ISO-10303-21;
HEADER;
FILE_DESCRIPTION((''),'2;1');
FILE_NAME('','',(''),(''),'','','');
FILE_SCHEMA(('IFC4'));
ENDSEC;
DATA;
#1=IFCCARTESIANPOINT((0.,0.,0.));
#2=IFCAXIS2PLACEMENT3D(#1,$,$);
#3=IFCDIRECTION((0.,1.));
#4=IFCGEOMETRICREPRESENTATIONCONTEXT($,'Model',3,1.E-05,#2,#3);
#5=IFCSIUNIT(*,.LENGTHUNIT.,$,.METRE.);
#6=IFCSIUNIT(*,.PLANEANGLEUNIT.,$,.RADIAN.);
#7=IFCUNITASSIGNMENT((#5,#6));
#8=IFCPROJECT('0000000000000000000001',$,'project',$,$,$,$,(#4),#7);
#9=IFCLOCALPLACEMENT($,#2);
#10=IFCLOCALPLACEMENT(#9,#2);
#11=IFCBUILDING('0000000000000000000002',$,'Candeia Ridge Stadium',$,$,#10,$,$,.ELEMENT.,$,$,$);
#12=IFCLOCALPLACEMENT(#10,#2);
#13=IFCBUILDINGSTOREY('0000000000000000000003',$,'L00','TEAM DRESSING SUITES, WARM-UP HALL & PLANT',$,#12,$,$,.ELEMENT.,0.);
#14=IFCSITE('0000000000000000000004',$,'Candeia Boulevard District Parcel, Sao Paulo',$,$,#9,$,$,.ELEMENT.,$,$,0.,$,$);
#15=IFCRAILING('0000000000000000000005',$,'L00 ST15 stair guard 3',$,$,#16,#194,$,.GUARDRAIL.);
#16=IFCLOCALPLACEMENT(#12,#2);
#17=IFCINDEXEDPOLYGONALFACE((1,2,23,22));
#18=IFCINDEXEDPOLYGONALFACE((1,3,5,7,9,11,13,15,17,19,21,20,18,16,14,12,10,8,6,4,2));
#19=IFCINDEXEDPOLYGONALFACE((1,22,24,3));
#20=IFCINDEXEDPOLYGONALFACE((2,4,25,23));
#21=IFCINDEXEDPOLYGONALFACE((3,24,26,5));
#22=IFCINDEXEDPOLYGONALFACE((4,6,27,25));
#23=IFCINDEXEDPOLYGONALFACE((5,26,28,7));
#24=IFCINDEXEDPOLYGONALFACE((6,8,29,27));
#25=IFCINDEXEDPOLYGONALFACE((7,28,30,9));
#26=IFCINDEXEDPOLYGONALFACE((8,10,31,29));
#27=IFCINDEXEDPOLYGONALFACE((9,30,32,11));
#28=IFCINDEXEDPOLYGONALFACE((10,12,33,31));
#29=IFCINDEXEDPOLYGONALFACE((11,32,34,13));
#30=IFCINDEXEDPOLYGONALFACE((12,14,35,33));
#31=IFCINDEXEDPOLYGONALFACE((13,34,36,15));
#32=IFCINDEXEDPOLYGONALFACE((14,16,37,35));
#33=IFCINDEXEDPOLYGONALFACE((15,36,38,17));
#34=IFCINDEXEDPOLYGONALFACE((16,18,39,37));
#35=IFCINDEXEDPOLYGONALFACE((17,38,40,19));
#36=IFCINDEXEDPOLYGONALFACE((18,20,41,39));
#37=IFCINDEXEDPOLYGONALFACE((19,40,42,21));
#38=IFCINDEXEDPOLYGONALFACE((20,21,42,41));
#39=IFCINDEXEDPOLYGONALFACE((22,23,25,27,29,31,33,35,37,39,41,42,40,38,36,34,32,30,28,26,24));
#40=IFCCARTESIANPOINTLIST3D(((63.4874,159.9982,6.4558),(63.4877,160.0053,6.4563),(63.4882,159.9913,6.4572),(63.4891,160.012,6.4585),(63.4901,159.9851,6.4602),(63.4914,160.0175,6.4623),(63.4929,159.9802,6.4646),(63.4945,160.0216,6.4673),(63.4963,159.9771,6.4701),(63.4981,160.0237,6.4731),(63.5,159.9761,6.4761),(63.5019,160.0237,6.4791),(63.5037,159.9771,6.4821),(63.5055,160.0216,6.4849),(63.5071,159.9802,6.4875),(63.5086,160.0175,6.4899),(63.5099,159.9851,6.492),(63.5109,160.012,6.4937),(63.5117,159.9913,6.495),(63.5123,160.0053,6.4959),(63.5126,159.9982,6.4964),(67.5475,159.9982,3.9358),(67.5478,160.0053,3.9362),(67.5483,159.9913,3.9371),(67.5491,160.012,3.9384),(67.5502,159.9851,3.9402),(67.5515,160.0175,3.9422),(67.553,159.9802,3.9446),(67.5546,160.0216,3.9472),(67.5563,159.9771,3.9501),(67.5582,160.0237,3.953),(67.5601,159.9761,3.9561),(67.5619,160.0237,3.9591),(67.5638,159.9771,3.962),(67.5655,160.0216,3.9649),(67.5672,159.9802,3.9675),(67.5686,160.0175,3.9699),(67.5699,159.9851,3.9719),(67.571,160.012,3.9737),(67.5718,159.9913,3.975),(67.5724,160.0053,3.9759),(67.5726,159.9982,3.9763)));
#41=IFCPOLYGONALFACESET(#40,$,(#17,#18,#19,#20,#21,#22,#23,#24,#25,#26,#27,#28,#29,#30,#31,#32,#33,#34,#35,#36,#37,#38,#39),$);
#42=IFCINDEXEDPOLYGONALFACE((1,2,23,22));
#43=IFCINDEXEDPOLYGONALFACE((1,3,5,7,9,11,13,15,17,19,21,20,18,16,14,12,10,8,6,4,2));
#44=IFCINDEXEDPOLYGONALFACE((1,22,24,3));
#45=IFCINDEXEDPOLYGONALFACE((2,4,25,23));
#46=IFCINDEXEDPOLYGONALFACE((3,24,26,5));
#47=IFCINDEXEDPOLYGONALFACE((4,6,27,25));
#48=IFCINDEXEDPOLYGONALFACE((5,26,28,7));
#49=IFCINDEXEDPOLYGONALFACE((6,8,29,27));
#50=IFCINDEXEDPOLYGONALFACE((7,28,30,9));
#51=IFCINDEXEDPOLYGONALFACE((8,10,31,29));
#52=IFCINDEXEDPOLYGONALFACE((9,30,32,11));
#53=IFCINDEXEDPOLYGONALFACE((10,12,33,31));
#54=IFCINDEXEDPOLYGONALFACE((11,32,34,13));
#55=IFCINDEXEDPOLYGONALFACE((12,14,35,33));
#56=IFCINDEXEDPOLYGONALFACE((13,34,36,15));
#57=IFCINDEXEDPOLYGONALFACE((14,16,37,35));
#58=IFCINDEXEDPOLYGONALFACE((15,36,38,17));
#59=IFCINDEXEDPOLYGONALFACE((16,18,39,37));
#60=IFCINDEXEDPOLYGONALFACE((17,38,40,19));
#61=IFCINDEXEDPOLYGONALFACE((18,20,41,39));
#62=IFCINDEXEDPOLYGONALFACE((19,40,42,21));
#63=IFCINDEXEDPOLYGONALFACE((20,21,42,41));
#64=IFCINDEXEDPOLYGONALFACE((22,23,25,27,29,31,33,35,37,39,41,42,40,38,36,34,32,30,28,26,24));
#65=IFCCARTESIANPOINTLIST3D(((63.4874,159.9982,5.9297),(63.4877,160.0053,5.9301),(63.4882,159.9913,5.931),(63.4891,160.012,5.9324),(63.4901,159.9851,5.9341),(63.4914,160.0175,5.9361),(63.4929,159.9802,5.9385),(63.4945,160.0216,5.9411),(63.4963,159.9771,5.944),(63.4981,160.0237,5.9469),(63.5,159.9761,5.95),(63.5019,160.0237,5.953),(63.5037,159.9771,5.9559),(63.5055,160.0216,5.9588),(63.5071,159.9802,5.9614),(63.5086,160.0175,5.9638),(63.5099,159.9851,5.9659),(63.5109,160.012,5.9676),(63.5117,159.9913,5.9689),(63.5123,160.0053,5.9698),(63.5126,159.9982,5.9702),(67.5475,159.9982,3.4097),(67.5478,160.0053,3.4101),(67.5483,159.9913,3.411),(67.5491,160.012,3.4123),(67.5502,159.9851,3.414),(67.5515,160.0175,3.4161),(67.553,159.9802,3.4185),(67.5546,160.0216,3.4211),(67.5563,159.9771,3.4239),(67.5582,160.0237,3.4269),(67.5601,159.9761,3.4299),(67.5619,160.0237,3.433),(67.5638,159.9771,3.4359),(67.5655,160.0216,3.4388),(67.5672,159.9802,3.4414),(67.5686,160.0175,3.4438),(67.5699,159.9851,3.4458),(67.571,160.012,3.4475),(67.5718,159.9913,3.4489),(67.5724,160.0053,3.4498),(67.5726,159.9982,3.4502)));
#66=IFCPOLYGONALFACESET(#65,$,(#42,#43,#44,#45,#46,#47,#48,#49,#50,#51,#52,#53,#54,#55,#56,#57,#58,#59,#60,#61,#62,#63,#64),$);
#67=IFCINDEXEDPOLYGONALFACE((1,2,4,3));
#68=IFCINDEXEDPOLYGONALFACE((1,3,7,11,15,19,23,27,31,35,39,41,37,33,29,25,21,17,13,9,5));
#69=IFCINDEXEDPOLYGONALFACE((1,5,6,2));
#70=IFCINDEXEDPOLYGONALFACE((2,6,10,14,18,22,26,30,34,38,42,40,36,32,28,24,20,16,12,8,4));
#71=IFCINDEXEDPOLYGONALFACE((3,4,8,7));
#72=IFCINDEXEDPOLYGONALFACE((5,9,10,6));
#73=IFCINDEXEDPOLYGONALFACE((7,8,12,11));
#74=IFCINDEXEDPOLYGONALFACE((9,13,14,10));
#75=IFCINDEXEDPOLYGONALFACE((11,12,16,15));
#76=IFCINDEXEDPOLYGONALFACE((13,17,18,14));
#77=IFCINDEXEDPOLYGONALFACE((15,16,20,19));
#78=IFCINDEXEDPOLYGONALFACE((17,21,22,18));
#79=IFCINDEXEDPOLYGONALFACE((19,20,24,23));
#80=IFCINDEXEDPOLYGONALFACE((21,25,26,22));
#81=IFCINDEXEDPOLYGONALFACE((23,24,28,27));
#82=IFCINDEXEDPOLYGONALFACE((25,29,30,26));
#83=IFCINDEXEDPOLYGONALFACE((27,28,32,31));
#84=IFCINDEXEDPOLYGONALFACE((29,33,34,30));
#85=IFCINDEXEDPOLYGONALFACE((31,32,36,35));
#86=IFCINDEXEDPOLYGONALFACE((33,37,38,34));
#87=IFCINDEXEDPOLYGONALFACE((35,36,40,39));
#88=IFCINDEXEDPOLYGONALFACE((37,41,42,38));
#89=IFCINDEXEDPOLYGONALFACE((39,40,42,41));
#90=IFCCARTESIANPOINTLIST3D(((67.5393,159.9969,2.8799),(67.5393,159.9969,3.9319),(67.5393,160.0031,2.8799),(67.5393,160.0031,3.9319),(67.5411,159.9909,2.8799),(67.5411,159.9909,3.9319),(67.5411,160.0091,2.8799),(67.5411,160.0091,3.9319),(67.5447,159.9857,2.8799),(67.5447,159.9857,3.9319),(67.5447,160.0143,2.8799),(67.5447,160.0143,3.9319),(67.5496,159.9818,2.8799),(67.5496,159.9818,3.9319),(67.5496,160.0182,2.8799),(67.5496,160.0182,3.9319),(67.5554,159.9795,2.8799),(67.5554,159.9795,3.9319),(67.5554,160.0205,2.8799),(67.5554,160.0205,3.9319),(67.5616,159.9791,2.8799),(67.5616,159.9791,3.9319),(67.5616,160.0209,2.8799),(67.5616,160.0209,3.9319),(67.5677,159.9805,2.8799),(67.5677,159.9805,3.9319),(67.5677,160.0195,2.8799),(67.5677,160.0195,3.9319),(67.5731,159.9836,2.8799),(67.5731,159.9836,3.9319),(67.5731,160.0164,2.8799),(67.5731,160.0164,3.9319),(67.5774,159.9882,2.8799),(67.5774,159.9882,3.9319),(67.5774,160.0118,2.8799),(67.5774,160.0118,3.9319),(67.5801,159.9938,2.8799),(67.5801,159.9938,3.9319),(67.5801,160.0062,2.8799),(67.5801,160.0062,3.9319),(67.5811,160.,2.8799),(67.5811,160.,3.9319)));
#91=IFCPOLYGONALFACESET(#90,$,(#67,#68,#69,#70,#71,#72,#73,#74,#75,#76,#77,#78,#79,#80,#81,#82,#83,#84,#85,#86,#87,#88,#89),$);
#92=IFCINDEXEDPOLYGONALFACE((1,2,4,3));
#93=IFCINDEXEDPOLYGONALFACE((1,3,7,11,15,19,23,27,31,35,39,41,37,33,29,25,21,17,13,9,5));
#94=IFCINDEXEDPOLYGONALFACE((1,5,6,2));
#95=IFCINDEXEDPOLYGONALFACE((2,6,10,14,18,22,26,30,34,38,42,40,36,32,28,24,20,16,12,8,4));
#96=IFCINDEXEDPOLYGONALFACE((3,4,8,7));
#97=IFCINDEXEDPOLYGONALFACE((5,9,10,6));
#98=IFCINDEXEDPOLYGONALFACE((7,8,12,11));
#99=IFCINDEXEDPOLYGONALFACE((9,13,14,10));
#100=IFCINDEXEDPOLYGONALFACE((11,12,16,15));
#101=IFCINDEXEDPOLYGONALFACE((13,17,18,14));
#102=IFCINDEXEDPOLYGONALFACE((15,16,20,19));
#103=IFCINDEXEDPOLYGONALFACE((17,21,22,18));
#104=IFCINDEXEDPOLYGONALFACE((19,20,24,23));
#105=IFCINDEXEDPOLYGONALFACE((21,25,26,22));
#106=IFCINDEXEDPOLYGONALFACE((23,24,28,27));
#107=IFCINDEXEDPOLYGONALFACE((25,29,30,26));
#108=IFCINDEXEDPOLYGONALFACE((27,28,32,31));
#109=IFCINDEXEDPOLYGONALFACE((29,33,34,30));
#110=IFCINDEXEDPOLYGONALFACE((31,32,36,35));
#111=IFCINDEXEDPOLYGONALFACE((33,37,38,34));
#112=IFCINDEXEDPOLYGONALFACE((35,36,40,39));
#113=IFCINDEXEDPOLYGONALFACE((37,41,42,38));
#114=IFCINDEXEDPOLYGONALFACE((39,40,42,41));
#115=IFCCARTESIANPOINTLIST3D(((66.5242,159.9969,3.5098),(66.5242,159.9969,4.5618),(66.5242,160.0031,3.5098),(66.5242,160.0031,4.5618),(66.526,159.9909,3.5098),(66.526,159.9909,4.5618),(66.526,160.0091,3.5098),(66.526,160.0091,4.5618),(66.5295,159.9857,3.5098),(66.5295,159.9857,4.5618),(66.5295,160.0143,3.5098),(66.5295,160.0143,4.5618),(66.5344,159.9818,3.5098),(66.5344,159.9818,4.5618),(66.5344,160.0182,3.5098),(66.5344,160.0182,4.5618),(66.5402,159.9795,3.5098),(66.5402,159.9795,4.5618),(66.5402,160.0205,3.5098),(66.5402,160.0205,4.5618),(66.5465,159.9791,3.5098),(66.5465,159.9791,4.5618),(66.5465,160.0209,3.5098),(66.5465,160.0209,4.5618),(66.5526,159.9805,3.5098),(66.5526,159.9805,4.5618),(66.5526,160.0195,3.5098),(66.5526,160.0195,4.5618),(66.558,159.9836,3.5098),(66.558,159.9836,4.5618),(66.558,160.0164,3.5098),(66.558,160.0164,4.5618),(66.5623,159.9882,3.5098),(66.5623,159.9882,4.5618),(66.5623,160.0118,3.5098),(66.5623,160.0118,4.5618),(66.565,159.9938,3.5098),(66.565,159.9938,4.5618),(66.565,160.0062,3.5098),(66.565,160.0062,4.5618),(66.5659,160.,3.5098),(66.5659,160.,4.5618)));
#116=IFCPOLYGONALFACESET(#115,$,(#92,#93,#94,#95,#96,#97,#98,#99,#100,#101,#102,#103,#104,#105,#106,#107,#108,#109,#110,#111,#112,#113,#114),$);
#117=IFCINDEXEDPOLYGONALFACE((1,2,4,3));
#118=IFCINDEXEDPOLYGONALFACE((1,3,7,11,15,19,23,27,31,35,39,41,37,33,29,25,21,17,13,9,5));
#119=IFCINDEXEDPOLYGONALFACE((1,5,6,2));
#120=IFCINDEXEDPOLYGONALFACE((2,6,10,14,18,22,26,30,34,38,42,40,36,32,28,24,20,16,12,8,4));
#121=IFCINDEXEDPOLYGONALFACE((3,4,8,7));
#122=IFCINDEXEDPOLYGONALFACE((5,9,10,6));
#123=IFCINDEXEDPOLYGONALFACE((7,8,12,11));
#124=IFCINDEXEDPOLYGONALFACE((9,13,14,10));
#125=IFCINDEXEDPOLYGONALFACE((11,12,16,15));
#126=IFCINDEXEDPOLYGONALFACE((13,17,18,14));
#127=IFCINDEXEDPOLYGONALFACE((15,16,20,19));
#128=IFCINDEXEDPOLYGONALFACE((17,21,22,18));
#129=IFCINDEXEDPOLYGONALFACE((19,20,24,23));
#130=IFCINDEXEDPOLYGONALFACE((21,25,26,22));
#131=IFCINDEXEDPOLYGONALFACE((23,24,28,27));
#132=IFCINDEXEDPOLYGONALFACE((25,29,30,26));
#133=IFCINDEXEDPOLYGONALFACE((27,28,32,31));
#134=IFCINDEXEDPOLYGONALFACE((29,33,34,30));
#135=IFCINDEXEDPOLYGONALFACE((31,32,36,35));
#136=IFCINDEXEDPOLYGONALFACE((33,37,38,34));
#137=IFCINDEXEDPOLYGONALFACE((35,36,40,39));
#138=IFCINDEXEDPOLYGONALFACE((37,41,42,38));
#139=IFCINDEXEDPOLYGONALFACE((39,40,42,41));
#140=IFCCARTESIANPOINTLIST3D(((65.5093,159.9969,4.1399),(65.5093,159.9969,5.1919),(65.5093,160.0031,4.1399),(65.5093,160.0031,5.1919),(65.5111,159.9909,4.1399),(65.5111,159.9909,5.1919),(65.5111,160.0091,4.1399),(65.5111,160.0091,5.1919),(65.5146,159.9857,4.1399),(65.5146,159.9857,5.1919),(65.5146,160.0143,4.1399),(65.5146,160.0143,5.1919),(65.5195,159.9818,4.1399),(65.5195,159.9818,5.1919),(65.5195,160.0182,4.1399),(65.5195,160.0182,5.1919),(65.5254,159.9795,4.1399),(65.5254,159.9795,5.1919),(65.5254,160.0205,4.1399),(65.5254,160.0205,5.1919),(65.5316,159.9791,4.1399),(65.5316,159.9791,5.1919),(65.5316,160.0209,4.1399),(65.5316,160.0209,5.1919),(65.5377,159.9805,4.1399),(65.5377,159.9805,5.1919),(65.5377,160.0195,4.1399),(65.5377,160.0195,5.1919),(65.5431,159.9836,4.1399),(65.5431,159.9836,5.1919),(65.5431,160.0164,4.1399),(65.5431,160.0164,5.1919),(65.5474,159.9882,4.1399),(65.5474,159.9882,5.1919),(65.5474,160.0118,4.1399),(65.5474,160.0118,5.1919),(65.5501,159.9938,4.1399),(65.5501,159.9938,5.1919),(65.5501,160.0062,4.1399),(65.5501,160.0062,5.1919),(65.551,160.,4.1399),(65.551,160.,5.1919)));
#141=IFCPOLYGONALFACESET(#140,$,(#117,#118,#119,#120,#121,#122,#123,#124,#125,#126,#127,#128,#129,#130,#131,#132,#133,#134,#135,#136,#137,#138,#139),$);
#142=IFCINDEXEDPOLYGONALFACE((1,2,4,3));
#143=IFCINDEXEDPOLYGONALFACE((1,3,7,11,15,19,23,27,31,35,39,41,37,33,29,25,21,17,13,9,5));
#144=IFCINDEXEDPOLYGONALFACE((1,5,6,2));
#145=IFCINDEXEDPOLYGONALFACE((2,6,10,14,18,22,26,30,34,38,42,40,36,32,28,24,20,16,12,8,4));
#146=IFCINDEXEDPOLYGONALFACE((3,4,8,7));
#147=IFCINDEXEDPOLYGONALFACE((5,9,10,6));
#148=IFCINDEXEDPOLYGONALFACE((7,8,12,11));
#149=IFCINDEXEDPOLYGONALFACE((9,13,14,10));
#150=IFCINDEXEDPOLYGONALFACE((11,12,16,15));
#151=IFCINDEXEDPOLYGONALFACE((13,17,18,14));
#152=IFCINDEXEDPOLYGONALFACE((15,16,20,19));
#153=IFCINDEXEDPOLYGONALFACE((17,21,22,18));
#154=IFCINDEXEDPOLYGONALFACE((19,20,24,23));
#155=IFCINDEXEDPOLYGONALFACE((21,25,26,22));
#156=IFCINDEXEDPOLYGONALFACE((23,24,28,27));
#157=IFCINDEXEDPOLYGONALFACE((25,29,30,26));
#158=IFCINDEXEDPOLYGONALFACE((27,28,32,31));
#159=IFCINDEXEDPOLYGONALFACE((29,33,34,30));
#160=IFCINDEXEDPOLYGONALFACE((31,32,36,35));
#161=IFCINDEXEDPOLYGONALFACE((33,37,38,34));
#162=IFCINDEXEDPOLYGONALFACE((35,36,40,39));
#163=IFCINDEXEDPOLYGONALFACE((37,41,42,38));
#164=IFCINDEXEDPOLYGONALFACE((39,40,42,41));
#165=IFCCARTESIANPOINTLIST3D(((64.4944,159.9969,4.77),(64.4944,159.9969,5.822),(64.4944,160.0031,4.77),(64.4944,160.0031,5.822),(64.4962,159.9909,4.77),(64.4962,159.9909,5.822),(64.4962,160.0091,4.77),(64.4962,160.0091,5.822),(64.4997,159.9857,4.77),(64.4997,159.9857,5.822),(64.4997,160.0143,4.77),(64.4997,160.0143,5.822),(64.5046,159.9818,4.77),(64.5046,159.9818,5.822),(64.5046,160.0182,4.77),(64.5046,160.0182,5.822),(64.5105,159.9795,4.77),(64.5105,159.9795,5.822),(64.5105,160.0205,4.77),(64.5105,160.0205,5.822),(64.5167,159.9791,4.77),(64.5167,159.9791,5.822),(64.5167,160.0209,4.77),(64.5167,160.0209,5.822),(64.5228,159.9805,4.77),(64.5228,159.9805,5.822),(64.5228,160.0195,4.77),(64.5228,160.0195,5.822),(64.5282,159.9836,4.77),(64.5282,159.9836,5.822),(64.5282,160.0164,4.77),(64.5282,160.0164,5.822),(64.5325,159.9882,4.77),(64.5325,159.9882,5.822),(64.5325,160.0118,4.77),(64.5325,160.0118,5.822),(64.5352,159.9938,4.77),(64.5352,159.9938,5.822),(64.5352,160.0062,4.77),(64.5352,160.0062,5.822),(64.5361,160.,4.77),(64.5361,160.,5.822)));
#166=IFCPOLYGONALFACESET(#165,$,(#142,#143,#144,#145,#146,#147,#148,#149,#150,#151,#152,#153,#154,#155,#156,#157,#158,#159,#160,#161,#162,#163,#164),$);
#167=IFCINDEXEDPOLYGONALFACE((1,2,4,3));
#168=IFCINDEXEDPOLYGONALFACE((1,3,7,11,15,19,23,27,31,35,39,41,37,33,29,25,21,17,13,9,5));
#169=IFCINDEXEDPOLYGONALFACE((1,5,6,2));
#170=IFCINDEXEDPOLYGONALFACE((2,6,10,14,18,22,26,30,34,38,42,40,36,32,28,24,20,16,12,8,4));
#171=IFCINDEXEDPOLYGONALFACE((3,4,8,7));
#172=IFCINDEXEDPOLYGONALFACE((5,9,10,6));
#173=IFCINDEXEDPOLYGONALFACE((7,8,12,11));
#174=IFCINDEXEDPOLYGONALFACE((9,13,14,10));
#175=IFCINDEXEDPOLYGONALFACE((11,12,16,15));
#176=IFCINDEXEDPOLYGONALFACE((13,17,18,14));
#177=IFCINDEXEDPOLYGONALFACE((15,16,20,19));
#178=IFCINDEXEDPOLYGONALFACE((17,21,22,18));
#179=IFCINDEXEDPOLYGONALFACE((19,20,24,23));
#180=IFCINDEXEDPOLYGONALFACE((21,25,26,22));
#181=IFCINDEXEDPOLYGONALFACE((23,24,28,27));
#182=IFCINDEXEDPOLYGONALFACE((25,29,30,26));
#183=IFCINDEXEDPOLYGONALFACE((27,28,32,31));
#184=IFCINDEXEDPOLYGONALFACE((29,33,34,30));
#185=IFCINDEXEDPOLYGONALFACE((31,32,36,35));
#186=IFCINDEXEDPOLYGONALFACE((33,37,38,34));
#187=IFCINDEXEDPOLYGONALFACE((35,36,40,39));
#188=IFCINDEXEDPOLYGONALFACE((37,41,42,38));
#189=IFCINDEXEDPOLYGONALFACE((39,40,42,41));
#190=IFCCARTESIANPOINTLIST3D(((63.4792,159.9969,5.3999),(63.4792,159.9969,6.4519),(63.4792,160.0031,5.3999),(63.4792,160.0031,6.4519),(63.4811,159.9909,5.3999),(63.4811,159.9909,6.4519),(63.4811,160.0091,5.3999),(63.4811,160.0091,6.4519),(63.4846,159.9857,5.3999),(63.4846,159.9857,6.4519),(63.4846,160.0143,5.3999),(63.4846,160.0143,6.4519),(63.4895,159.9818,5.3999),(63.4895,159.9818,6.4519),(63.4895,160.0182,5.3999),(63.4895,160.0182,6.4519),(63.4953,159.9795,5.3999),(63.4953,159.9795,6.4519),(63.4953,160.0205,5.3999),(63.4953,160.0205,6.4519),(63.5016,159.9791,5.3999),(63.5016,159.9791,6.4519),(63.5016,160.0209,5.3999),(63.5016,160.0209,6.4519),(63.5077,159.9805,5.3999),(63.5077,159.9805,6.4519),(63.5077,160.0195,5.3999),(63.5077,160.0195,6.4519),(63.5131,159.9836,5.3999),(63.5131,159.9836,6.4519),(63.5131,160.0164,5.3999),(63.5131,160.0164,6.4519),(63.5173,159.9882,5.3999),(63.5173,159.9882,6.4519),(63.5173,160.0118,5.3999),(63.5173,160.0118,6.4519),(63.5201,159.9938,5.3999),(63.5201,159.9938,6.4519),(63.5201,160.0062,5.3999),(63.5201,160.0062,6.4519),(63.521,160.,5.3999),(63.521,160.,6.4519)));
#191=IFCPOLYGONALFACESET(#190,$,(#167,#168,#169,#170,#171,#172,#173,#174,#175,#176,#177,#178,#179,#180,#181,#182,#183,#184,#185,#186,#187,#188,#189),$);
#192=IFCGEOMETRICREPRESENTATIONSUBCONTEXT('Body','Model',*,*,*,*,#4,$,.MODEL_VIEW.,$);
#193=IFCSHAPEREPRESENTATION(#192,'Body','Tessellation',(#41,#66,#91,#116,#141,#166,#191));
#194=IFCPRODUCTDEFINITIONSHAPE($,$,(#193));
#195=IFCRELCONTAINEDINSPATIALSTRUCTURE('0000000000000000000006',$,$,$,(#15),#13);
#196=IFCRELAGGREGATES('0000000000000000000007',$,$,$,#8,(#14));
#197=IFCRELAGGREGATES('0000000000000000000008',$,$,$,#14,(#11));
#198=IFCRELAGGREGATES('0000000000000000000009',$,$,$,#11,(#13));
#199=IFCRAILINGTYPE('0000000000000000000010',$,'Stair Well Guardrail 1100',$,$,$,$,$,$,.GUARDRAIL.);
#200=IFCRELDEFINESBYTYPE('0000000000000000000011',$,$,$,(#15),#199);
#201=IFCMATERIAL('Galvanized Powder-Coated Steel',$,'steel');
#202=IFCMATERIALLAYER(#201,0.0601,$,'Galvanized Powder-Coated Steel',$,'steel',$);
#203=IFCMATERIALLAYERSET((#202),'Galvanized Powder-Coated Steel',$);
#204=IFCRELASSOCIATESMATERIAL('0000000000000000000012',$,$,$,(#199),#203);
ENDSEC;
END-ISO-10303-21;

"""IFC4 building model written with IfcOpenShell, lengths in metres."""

from ifc_helpers import new_model, si_unit, direction, frame, origin, origin_2d, place, context, subcontext, project, spatial, circle, extrude, material, layer, layer_set, type_object, element, save


model = new_model("IFC4")

# Units and contexts
model_context = context("Model", 3, precision=1e-05, world=origin(), true_north=direction((0.0, 1.0)))
body_context = subcontext(model_context, "Body", "Model", "MODEL_VIEW")
ifc_project = project(units=[si_unit("LENGTHUNIT", "METRE"), si_unit("PLANEANGLEUNIT", "RADIAN")], contexts=[model_context])

# Site, building, storey
site_placement = place(None, origin())
site = spatial("IfcSite", under=ifc_project, at=site_placement, Name="Candeia Boulevard District Parcel, Sao Paulo", CompositionType="ELEMENT", RefElevation=0.0)
building_placement = place(site_placement, origin())
building = spatial("IfcBuilding", under=site, at=building_placement, Name="Candeia Ridge Stadium", CompositionType="ELEMENT")
storey_placement = place(building_placement, origin())
storey = spatial("IfcBuildingStorey", under=building, at=storey_placement, Name="L00", Description="TEAM DRESSING SUITES, WARM-UP HALL & PLANT", CompositionType="ELEMENT", Elevation=0.0)

# Railing
ifc_material_1 = material(Name="Galvanized Powder-Coated Steel", Category="steel")
ifc_layer_1 = layer(ifc_material_1, 0.0601, Name="Galvanized Powder-Coated Steel", Category="steel")
ifc_layer_set_1 = layer_set([ifc_layer_1], Name="Galvanized Powder-Coated Steel")
railing_type_1 = type_object("IfcRailingType", Name="Stair Well Guardrail 1100", PredefinedType="GUARDRAIL", material=ifc_layer_set_1)
railing_1_placement = place(storey_placement, frame((67.5601, 160.0, 2.8799)))
element("IfcRailing", 1, at=railing_1_placement, inside=storey, type_object=railing_type_1, Name="L00 ST15 stair guard 3", PredefinedType="GUARDRAIL", context=body_context, shape_type="SweptSolid", body=[
    extrude(circle(Radius=0.0239, at=origin_2d()), frame((0.0, 0.0, 1.0762), z_axis=(-0.849642, 0.0, 0.52736), x_axis=(0.0, -1.0, 0.0)), (0.0, 0.0, 1.0), 4.7786),
    extrude(circle(Radius=0.0239, at=origin_2d()), frame((0.0, 0.0, 0.55), z_axis=(-0.849642, 0.0, 0.52736), x_axis=(0.0, -1.0, 0.0)), (0.0, 0.0, 1.0), 4.7786),
    extrude(circle(Radius=0.021, at=origin_2d()), origin(), (0.0, 0.0, 1.0), 1.052),
    extrude(circle(Radius=0.021, at=origin_2d()), frame((-1.0151, 0.0, 0.6299)), (0.0, 0.0, 1.0), 1.052),
    extrude(circle(Radius=0.021, at=origin_2d()), frame((-2.03, 0.0, 1.26)), (0.0, 0.0, 1.0), 1.052),
    extrude(circle(Radius=0.021, at=origin_2d()), frame((-3.0449, 0.0, 1.8901)), (0.0, 0.0, 1.0), 1.052),
    extrude(circle(Radius=0.021, at=origin_2d()), frame((-4.0601, 0.0, 2.52)), (0.0, 0.0, 1.0), 1.052),
])

save(model, "model.ifc")
